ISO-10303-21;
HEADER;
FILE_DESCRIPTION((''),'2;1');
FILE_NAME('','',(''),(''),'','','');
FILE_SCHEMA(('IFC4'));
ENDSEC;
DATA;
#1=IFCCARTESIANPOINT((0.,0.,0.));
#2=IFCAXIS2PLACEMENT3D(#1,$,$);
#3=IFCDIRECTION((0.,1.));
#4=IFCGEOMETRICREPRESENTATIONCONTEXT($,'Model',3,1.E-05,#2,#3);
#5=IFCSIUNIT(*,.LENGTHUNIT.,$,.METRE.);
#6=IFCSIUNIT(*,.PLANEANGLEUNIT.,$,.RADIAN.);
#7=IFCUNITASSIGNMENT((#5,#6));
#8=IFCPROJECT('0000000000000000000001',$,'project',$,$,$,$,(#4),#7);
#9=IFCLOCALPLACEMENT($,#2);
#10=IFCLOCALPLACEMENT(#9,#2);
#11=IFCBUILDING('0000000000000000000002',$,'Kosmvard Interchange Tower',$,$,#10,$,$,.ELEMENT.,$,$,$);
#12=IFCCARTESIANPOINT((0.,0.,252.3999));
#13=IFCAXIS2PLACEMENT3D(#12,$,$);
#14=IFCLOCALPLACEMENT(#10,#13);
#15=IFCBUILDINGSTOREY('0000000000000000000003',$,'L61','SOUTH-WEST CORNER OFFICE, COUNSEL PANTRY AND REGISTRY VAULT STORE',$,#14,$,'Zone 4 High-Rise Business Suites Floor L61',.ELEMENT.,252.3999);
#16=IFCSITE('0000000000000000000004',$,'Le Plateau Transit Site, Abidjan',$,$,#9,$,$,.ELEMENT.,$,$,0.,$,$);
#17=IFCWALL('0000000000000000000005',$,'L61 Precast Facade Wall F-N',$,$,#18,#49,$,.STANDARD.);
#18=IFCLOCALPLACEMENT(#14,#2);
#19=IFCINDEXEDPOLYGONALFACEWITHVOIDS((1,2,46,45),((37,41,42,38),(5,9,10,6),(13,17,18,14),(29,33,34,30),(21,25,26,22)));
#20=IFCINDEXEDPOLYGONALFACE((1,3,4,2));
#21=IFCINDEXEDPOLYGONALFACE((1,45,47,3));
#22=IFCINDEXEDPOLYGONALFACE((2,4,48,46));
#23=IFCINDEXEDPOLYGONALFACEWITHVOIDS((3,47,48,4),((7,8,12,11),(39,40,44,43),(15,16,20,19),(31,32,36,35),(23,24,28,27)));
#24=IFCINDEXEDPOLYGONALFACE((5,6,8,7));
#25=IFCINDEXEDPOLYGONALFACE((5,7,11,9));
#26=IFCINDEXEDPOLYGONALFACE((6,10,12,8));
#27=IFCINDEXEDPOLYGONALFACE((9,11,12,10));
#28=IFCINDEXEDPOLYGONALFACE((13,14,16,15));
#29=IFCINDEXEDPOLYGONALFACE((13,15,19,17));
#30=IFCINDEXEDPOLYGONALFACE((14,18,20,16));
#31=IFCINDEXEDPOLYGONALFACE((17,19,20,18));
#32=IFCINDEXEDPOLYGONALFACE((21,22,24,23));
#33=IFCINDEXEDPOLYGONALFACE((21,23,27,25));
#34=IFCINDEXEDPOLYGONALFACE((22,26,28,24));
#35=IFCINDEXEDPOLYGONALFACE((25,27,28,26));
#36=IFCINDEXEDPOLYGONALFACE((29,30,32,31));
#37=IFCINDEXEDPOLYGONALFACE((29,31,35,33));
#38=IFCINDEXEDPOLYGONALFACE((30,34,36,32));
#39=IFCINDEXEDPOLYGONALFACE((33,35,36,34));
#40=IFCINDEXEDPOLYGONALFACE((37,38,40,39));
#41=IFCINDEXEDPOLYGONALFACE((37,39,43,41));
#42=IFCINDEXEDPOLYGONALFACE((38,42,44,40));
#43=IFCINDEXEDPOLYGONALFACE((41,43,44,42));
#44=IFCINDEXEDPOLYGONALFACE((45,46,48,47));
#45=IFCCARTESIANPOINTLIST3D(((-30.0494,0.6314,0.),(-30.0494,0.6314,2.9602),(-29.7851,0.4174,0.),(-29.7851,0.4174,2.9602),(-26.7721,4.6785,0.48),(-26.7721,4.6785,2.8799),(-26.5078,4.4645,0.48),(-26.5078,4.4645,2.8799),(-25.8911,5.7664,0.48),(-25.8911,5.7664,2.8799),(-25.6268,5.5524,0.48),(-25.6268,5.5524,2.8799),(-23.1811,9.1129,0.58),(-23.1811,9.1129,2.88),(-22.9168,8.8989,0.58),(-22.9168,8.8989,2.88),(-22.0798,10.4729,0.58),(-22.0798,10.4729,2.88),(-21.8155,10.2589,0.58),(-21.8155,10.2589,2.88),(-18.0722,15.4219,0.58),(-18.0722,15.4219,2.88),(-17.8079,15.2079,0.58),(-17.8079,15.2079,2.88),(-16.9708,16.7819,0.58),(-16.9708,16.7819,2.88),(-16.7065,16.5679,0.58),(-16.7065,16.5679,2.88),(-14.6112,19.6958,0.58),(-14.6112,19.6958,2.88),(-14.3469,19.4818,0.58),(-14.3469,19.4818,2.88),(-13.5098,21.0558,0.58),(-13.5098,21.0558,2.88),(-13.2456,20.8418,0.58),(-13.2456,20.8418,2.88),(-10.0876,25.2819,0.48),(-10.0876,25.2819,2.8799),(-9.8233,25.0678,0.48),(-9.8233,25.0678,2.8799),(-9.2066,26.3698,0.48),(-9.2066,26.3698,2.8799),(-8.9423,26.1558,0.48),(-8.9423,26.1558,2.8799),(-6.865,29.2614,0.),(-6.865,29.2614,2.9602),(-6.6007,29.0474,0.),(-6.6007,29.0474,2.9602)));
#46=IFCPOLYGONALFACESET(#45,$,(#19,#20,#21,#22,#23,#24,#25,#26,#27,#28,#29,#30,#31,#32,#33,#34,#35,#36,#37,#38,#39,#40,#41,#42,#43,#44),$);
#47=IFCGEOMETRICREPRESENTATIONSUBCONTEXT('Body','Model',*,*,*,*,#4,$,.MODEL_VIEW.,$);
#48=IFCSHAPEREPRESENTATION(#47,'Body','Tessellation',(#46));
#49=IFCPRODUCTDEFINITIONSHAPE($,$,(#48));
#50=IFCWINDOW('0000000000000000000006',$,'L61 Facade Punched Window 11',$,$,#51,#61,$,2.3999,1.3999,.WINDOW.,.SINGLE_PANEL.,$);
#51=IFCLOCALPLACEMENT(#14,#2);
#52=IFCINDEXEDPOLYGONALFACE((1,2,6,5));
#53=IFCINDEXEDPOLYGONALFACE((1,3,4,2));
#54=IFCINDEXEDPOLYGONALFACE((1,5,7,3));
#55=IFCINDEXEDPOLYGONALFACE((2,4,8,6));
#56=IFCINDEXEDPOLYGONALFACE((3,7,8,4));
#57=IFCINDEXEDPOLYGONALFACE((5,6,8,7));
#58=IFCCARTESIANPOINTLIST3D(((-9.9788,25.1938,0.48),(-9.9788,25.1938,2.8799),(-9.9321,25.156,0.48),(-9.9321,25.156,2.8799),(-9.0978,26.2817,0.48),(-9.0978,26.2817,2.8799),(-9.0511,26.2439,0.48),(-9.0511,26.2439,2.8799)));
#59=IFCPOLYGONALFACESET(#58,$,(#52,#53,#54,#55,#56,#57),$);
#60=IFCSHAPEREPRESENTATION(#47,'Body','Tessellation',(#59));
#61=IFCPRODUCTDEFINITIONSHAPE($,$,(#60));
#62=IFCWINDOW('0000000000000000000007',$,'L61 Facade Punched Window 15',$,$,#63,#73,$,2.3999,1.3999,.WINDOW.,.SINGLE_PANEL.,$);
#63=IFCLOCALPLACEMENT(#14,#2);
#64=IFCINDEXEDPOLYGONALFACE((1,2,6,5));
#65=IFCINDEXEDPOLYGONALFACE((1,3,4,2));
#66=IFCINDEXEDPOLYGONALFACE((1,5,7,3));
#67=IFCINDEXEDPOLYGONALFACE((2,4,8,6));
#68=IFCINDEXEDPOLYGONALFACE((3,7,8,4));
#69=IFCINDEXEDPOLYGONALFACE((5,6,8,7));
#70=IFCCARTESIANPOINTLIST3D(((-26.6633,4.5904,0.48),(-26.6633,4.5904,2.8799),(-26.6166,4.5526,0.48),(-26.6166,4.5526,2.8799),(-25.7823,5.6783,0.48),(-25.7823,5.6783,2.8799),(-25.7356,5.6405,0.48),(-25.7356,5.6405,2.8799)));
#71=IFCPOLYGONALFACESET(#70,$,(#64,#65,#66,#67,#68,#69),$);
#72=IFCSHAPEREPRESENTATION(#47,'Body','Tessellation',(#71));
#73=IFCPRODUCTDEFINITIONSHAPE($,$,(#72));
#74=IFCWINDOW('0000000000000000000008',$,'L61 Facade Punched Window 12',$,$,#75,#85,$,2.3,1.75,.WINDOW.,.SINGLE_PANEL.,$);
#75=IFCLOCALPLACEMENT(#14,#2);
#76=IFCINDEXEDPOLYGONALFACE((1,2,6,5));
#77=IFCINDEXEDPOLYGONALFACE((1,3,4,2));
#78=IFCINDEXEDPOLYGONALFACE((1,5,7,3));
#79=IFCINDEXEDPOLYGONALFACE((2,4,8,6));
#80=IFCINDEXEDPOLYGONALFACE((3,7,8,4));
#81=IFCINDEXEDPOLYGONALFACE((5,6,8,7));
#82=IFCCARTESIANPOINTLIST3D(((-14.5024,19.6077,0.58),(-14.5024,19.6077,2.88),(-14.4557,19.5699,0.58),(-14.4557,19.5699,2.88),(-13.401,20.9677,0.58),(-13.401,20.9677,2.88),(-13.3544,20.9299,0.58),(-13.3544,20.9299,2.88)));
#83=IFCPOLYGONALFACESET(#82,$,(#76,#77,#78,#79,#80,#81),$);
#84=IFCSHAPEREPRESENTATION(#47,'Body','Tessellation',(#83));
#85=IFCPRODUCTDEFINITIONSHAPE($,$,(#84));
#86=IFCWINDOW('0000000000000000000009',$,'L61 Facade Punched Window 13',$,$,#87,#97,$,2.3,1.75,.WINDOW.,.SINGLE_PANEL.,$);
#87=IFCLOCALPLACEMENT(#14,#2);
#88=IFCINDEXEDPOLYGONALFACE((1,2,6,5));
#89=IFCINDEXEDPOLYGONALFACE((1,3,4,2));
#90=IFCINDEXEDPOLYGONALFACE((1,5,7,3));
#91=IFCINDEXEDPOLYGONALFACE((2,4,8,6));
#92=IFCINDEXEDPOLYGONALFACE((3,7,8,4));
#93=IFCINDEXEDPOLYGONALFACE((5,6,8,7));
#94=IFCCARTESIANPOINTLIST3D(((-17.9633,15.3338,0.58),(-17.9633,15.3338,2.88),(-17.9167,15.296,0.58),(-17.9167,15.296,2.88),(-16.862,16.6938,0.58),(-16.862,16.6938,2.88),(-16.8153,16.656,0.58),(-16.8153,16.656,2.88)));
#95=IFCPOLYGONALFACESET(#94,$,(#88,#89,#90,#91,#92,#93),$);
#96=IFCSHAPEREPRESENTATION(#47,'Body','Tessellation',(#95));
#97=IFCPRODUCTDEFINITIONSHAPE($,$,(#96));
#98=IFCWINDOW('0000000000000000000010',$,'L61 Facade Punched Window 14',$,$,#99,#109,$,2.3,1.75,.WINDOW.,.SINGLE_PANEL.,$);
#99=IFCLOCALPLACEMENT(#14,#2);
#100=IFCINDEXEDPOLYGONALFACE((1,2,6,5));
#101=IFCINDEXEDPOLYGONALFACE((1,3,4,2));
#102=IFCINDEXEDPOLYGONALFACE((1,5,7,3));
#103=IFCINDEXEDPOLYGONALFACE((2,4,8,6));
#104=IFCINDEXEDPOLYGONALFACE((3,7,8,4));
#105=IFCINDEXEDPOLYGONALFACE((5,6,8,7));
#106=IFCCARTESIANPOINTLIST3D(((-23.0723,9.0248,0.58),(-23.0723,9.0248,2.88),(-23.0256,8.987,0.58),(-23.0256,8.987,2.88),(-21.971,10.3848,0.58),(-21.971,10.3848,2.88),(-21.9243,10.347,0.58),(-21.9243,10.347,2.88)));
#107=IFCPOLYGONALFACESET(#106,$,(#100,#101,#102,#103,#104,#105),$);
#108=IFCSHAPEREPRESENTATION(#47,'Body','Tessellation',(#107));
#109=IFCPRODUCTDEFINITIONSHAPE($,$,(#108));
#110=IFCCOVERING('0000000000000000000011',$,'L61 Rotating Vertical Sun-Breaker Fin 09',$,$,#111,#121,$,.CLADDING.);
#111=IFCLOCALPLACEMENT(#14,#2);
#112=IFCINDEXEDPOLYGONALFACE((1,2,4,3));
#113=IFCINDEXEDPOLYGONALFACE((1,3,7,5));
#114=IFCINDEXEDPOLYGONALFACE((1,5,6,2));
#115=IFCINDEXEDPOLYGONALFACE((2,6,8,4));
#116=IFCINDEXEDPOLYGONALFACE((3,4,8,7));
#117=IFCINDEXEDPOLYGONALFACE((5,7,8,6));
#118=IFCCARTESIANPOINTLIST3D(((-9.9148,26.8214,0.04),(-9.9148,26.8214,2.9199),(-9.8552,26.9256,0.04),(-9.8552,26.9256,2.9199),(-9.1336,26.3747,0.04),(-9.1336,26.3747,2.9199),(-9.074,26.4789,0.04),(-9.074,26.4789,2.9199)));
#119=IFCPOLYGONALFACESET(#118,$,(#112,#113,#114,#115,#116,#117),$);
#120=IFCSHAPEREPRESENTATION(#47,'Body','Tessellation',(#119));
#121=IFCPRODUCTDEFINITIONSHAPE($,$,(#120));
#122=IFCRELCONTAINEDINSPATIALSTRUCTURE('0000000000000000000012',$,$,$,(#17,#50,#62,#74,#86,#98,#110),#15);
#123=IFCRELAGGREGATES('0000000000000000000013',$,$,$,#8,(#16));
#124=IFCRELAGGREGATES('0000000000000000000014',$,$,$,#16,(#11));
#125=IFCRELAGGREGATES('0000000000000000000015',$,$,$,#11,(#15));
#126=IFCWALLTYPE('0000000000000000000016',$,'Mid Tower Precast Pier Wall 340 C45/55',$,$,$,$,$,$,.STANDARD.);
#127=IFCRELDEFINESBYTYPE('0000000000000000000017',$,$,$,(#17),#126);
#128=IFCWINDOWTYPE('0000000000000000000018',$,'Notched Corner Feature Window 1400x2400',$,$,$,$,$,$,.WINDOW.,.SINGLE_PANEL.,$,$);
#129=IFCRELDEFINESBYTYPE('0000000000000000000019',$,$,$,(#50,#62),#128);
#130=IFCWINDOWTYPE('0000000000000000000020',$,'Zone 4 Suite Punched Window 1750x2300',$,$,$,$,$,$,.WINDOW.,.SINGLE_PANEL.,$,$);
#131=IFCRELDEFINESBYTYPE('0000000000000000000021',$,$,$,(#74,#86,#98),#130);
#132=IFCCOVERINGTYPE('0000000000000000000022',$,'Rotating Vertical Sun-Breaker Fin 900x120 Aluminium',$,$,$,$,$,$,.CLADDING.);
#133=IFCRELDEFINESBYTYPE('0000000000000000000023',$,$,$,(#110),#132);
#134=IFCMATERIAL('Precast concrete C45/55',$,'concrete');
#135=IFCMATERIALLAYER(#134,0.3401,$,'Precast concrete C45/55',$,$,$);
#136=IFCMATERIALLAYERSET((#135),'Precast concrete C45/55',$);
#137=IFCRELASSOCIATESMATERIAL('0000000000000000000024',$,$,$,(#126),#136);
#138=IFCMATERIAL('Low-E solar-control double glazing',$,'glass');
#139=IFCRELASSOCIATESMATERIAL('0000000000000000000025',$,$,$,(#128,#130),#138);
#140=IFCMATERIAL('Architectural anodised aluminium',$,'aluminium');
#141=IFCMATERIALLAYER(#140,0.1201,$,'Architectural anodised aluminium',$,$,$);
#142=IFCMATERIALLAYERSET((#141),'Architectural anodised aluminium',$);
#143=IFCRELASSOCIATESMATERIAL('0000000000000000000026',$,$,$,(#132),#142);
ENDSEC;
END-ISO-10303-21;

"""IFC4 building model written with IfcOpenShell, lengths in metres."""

from ifc_helpers import new_model, si_unit, direction, frame, frame_2d, origin, origin_2d, place, context, subcontext, project, spatial, rectangle, extrude, source, transform, mapped, material, layer, layer_set, type_object, element, fill, save


model = new_model("IFC4")

# Units and contexts
model_context = context("Model", 3, precision=1e-05, world=origin(), true_north=direction((0.0, 1.0)))
body_context = subcontext(model_context, "Body", "Model", "MODEL_VIEW")
ifc_project = project(units=[si_unit("LENGTHUNIT", "METRE"), si_unit("PLANEANGLEUNIT", "RADIAN")], contexts=[model_context])

# Site, building, storey
site_placement = place(None, origin())
site = spatial("IfcSite", under=ifc_project, at=site_placement, Name="Le Plateau Transit Site, Abidjan", CompositionType="ELEMENT", RefElevation=0.0)
building_placement = place(site_placement, origin())
building = spatial("IfcBuilding", under=site, at=building_placement, Name="Kosmvard Interchange Tower", CompositionType="ELEMENT")
storey_placement = place(building_placement, frame((0.0, 0.0, 252.3999)))
storey = spatial("IfcBuildingStorey", under=building, at=storey_placement, Name="L61", Description="SOUTH-WEST CORNER OFFICE, COUNSEL PANTRY AND REGISTRY VAULT STORE", LongName="Zone 4 High-Rise Business Suites Floor L61", CompositionType="ELEMENT", Elevation=252.3999)

# Shared definitions
ifc_material_1 = material(Name="Precast concrete C45/55", Category="concrete")
ifc_layer_1 = layer(ifc_material_1, 0.3401, Name="Precast concrete C45/55")
ifc_layer_set_1 = layer_set([ifc_layer_1], Name="Precast concrete C45/55")
wall_type_1 = type_object("IfcWallType", Name="Mid Tower Precast Pier Wall 340 C45/55", PredefinedType="STANDARD", material=ifc_layer_set_1)

# Wall, openings, windows
wall_1_placement = place(storey_placement, frame((-6.7329, 29.1543, 0.0), z_axis=(0.0, 0.0, 1.0), x_axis=(-0.629325, -0.777142, 0.0)))
wall_1 = element("IfcWall", 1, at=wall_1_placement, inside=storey, type_object=wall_type_1, Name="L61 Precast Facade Wall F-N", PredefinedType="STANDARD", context=body_context, shape_type="SweptSolid", body=[
    extrude(rectangle(XDim=36.8401, YDim=0.3401, at=frame_2d((18.4199, 0.0))), origin(), (0.0, 0.0, 1.0), 2.9602),
])
opening_1_placement = place(wall_1_placement, frame((3.7207, 0.0, 0.48)))
opening_1 = element("IfcOpeningElement", 2, at=opening_1_placement, cuts=wall_1, PredefinedType="OPENING", context=body_context, shape_type="SweptSolid", body=[
    extrude(rectangle(XDim=1.3999, YDim=2.3999, at=frame_2d((0.7, 1.2))), frame((0.0, 0.1802, 0.0), z_axis=(0.0, -1.0, 0.0), x_axis=(1.0, 0.0, 0.0)), (0.0, 0.0, 1.0), 0.3601),
])
opening_2_placement = place(wall_1_placement, frame((10.5586, 0.0, 0.5801)))
opening_2 = element("IfcOpeningElement", 3, at=opening_2_placement, cuts=wall_1, PredefinedType="OPENING", context=body_context, shape_type="SweptSolid", body=[
    extrude(rectangle(XDim=1.75, YDim=2.3, at=frame_2d((0.875, 1.1499))), frame((0.0, 0.1802, 0.0), z_axis=(0.0, -1.0, 0.0), x_axis=(1.0, 0.0, 0.0)), (0.0, 0.0, 1.0), 0.3601),
])
opening_3_placement = place(wall_1_placement, frame((16.0581, 0.0, 0.5801)))
opening_3 = element("IfcOpeningElement", 4, at=opening_3_placement, cuts=wall_1, PredefinedType="OPENING", context=body_context, shape_type="SweptSolid", body=[
    extrude(rectangle(XDim=1.75, YDim=2.3, at=frame_2d((0.875, 1.1499))), frame((0.0, 0.1802, 0.0), z_axis=(0.0, -1.0, 0.0), x_axis=(1.0, 0.0, 0.0)), (0.0, 0.0, 1.0), 0.3601),
])
opening_4_placement = place(wall_1_placement, frame((24.1763, 0.0, 0.5801)))
opening_4 = element("IfcOpeningElement", 5, at=opening_4_placement, cuts=wall_1, PredefinedType="OPENING", context=body_context, shape_type="SweptSolid", body=[
    extrude(rectangle(XDim=1.75, YDim=2.3, at=frame_2d((0.875, 1.1499))), frame((0.0, 0.1802, 0.0), z_axis=(0.0, -1.0, 0.0), x_axis=(1.0, 0.0, 0.0)), (0.0, 0.0, 1.0), 0.3601),
])
opening_5_placement = place(wall_1_placement, frame((30.2324, 0.0, 0.48)))
opening_5 = element("IfcOpeningElement", 6, at=opening_5_placement, cuts=wall_1, PredefinedType="OPENING", context=body_context, shape_type="SweptSolid", body=[
    extrude(rectangle(XDim=1.3999, YDim=2.3999, at=frame_2d((0.7, 1.2))), frame((0.0, 0.1802, 0.0), z_axis=(0.0, -1.0, 0.0), x_axis=(1.0, 0.0, 0.0)), (0.0, 0.0, 1.0), 0.3601),
])
ifc_material_2 = material(Name="Low-E solar-control double glazing", Category="glass")
window_type_1 = type_object("IfcWindowType", Name="Notched Corner Feature Window 1400x2400", PartitioningType="SINGLE_PANEL", PredefinedType="WINDOW", material=ifc_material_2)
shared_shape_1 = source(origin(), body_context, "Body", "SweptSolid", [
    extrude(rectangle(XDim=1.3999, YDim=2.3999, at=frame_2d((0.7, 1.2))), frame((0.0, 0.03, 0.0), z_axis=(0.0, -1.0, 0.0), x_axis=(1.0, 0.0, 0.0)), (0.0, 0.0, 1.0), 0.0601),
])
window_1_placement = place(opening_1_placement, origin())
window_1 = element("IfcWindow", 7, at=window_1_placement, inside=storey, type_object=window_type_1, Name="L61 Facade Punched Window 11", OverallHeight=2.3999, OverallWidth=1.3999, PartitioningType="SINGLE_PANEL", PredefinedType="WINDOW", context=body_context, shape_type="MappedRepresentation", body=[
    mapped(shared_shape_1, transform((0.0, 0.0, 0.0), scale=1.0)),
])
fill(opening_1, window_1)
window_2_placement = place(opening_5_placement, origin())
window_2 = element("IfcWindow", 8, at=window_2_placement, inside=storey, type_object=window_type_1, Name="L61 Facade Punched Window 15", OverallHeight=2.3999, OverallWidth=1.3999, PartitioningType="SINGLE_PANEL", PredefinedType="WINDOW", context=body_context, shape_type="MappedRepresentation", body=[
    mapped(shared_shape_1, transform((0.0, 0.0, 0.0), scale=1.0)),
])
fill(opening_5, window_2)
window_type_2 = type_object("IfcWindowType", Name="Zone 4 Suite Punched Window 1750x2300", PartitioningType="SINGLE_PANEL", PredefinedType="WINDOW", material=ifc_material_2)
shared_shape_2 = source(origin(), body_context, "Body", "SweptSolid", [
    extrude(rectangle(XDim=1.75, YDim=2.3, at=frame_2d((0.875, 1.1499))), frame((0.0, 0.03, 0.0), z_axis=(0.0, -1.0, 0.0), x_axis=(1.0, 0.0, 0.0)), (0.0, 0.0, 1.0), 0.0601),
])
window_3_placement = place(opening_2_placement, origin())
window_3 = element("IfcWindow", 9, at=window_3_placement, inside=storey, type_object=window_type_2, Name="L61 Facade Punched Window 12", OverallHeight=2.3, OverallWidth=1.75, PartitioningType="SINGLE_PANEL", PredefinedType="WINDOW", context=body_context, shape_type="MappedRepresentation", body=[
    mapped(shared_shape_2, transform((0.0, 0.0, 0.0), scale=1.0)),
])
fill(opening_2, window_3)
window_4_placement = place(opening_3_placement, origin())
window_4 = element("IfcWindow", 10, at=window_4_placement, inside=storey, type_object=window_type_2, Name="L61 Facade Punched Window 13", OverallHeight=2.3, OverallWidth=1.75, PartitioningType="SINGLE_PANEL", PredefinedType="WINDOW", context=body_context, shape_type="MappedRepresentation", body=[
    mapped(shared_shape_2, transform((0.0, 0.0, 0.0), scale=1.0)),
])
fill(opening_3, window_4)
window_5_placement = place(opening_4_placement, origin())
window_5 = element("IfcWindow", 11, at=window_5_placement, inside=storey, type_object=window_type_2, Name="L61 Facade Punched Window 14", OverallHeight=2.3, OverallWidth=1.75, PartitioningType="SINGLE_PANEL", PredefinedType="WINDOW", context=body_context, shape_type="MappedRepresentation", body=[
    mapped(shared_shape_2, transform((0.0, 0.0, 0.0), scale=1.0)),
])
fill(opening_4, window_5)

# Covering
ifc_material_3 = material(Name="Architectural anodised aluminium", Category="aluminium")
ifc_layer_2 = layer(ifc_material_3, 0.1201, Name="Architectural anodised aluminium")
ifc_layer_set_2 = layer_set([ifc_layer_2], Name="Architectural anodised aluminium")
covering_type = type_object("IfcCoveringType", Name="Rotating Vertical Sun-Breaker Fin 900x120 Aluminium", PredefinedType="CLADDING", material=ifc_layer_set_2)
shared_shape_3 = source(origin(), body_context, "Body", "SweptSolid", [
    extrude(rectangle(XDim=0.8999, YDim=0.1201, at=origin_2d()), origin(), (0.0, 0.0, 1.0), 2.8799),
])
covering_placement = place(storey_placement, frame((-9.4944, 26.6501, 0.04), z_axis=(0.0, 0.0, 1.0), x_axis=(-0.868112, 0.496368, 0.0)))
element("IfcCovering", 12, at=covering_placement, inside=storey, type_object=covering_type, Name="L61 Rotating Vertical Sun-Breaker Fin 09", PredefinedType="CLADDING", context=body_context, shape_type="MappedRepresentation", body=[
    mapped(shared_shape_3, transform((0.0, 0.0, 0.0), scale=1.0)),
])

save(model, "model.ifc")
